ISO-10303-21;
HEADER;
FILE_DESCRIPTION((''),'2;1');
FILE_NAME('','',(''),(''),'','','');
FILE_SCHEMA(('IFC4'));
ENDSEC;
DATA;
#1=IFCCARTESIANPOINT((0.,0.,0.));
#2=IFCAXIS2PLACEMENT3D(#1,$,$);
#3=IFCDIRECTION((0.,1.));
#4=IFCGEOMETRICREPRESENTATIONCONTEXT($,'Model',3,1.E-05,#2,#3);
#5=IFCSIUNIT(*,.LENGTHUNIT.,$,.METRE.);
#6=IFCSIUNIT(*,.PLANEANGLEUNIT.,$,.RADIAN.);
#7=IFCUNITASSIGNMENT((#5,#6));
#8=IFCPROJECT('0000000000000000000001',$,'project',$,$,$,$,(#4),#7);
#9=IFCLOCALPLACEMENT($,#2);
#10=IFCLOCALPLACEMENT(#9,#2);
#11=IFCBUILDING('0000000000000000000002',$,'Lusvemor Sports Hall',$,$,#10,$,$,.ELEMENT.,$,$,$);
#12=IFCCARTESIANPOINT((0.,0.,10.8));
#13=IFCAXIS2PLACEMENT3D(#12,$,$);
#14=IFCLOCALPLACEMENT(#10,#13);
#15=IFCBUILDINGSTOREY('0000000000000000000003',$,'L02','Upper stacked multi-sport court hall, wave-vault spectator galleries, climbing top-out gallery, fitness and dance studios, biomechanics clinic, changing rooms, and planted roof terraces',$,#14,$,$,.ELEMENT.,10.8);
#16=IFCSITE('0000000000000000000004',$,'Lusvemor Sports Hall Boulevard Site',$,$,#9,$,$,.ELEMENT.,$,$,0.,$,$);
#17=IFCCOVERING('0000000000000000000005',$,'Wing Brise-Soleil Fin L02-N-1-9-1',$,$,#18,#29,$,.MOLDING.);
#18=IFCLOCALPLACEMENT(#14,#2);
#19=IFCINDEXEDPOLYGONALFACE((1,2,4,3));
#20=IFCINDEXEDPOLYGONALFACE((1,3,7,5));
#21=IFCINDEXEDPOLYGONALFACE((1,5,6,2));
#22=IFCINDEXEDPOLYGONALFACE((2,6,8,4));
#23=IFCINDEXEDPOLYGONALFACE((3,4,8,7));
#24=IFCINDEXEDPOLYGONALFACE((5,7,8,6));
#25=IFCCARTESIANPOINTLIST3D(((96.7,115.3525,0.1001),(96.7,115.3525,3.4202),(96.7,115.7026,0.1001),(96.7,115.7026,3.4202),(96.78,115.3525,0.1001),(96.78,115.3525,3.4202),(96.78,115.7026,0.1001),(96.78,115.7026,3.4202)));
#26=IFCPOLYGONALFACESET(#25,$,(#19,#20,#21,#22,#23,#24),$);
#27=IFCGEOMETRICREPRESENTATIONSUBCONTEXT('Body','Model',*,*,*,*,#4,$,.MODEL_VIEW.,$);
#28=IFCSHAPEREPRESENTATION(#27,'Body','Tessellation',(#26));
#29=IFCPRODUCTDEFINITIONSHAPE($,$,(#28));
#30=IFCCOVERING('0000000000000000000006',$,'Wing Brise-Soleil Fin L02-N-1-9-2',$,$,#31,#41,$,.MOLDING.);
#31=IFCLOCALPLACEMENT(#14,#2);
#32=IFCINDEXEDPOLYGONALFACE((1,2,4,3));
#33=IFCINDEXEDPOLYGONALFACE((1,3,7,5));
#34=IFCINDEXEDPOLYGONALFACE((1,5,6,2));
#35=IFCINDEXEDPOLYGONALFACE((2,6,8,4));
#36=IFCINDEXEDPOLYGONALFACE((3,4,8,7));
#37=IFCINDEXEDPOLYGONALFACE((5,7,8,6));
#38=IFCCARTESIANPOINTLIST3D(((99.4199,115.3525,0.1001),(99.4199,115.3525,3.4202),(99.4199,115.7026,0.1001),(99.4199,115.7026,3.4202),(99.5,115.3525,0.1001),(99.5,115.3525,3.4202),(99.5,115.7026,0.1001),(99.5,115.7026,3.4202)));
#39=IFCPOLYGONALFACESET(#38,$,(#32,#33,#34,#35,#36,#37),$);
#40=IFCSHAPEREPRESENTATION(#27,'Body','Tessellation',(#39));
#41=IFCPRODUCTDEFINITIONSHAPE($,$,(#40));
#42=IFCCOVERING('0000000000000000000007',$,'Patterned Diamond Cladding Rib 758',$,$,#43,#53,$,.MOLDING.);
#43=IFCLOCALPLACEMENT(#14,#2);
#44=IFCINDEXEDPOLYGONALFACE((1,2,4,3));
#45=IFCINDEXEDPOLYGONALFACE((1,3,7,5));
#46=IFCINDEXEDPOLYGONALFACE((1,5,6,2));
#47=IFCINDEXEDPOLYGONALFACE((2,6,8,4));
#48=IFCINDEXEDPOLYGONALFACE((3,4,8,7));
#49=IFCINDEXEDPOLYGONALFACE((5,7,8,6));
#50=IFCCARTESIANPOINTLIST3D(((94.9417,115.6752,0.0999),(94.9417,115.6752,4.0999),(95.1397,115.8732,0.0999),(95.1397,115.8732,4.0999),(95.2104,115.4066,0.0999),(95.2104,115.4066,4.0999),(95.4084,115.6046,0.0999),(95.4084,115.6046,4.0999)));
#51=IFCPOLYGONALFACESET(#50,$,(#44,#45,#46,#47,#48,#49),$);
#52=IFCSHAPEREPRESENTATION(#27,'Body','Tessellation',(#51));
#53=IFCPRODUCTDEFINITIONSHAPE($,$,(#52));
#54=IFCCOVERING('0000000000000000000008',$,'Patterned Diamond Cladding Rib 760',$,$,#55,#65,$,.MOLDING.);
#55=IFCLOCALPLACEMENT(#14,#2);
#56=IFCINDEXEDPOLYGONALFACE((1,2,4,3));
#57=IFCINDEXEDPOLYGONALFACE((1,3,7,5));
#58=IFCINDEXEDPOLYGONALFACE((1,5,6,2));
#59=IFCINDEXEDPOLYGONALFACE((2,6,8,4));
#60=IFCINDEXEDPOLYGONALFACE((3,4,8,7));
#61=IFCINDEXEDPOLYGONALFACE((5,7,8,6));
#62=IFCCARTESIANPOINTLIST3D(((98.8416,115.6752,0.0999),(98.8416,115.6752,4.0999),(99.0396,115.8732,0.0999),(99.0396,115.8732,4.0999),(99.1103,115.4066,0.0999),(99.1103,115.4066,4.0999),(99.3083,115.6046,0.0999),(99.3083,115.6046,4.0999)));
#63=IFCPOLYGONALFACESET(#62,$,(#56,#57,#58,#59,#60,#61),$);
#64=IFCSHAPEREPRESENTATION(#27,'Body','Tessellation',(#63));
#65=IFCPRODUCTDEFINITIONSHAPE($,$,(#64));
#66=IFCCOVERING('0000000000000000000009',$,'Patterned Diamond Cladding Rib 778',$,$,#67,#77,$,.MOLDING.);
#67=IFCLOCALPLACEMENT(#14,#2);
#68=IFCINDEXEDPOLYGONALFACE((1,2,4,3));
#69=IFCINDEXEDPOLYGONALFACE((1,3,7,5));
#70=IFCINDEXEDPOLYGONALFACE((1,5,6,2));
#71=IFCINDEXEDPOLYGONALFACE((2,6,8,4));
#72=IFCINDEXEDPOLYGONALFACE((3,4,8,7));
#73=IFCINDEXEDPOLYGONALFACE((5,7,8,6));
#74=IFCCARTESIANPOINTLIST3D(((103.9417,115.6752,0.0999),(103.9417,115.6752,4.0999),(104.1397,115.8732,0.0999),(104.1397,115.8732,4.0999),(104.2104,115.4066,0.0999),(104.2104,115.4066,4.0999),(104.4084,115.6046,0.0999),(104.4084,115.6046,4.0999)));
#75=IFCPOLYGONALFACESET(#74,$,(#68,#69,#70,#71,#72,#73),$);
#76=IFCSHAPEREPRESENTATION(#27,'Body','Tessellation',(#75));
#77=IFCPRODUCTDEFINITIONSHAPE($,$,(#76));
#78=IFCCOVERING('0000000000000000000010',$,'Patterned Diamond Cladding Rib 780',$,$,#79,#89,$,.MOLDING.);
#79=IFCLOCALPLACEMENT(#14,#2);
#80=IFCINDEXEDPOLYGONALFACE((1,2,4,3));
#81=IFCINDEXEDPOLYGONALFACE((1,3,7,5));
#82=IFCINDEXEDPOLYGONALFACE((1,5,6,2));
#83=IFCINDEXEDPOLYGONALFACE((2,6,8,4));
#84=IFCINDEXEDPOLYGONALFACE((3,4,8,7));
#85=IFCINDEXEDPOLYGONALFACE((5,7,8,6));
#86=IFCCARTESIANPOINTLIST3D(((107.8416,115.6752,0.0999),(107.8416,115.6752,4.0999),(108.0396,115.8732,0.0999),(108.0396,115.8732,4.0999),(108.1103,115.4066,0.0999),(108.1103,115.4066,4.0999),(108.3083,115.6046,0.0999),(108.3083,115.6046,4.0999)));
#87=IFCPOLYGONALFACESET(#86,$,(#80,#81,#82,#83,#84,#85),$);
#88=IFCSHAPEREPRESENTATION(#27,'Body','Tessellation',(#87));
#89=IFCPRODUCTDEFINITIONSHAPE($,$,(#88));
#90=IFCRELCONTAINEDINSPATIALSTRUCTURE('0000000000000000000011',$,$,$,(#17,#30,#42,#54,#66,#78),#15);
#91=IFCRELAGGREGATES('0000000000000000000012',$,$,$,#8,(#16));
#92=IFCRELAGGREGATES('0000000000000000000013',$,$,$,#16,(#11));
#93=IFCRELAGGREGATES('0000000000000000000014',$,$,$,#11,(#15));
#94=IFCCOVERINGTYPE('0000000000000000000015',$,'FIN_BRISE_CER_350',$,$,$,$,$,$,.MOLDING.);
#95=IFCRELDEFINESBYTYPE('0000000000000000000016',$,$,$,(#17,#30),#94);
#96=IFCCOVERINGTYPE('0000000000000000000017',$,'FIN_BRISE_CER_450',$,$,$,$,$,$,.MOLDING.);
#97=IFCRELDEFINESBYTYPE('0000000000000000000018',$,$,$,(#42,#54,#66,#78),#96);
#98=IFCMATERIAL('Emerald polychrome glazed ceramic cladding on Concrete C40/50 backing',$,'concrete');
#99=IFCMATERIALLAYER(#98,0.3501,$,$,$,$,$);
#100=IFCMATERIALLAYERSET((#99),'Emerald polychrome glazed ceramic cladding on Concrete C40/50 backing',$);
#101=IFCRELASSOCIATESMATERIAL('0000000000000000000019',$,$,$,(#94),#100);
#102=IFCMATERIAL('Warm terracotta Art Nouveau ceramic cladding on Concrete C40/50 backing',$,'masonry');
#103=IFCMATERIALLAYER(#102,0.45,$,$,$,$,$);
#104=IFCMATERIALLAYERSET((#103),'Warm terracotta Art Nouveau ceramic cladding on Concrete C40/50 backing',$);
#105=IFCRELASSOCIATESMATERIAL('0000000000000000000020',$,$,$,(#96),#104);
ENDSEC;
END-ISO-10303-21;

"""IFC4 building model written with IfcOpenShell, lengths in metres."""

from ifc_helpers import new_model, si_unit, direction, frame, origin, origin_2d, place, context, subcontext, project, spatial, rectangle, extrude, material, layer, layer_set, type_object, element, save


model = new_model("IFC4")

# Units and contexts
model_context = context("Model", 3, precision=1e-05, world=origin(), true_north=direction((0.0, 1.0)))
body_context = subcontext(model_context, "Body", "Model", "MODEL_VIEW")
ifc_project = project(units=[si_unit("LENGTHUNIT", "METRE"), si_unit("PLANEANGLEUNIT", "RADIAN")], contexts=[model_context])

# Site, building, storey
site_placement = place(None, origin())
site = spatial("IfcSite", under=ifc_project, at=site_placement, Name="Lusvemor Sports Hall Boulevard Site", CompositionType="ELEMENT", RefElevation=0.0)
building_placement = place(site_placement, origin())
building = spatial("IfcBuilding", under=site, at=building_placement, Name="Lusvemor Sports Hall", CompositionType="ELEMENT")
storey_placement = place(building_placement, frame((0.0, 0.0, 10.8)))
storey = spatial("IfcBuildingStorey", under=building, at=storey_placement, Name="L02", Description="Upper stacked multi-sport court hall, wave-vault spectator galleries, climbing top-out gallery, fitness and dance studios, biomechanics clinic, changing rooms, and planted roof terraces", CompositionType="ELEMENT", Elevation=10.8)

# Coverings
ifc_material_1 = material(Name="Emerald polychrome glazed ceramic cladding on Concrete C40/50 backing", Category="concrete")
ifc_layer_1 = layer(ifc_material_1, 0.3501)
ifc_layer_set_1 = layer_set([ifc_layer_1], Name="Emerald polychrome glazed ceramic cladding on Concrete C40/50 backing")
covering_type_1 = type_object("IfcCoveringType", Name="FIN_BRISE_CER_350", PredefinedType="MOLDING", material=ifc_layer_set_1)
for number, where, z_axis, x_axis, name in (
    (1, (96.74, 115.5276, 0.1001), (0.0, 0.0, 1.0), (1.0, 0.0, 0.0), "Wing Brise-Soleil Fin L02-N-1-9-1"),
    (2, (99.46, 115.5276, 0.1001), (0.0, 0.0, 1.0), (1.0, 0.0, 0.0), "Wing Brise-Soleil Fin L02-N-1-9-2"),
):
    element("IfcCovering", number, at=place(storey_placement, frame(where, z_axis=z_axis, x_axis=x_axis)), inside=storey, type_object=covering_type_1, Name=name, PredefinedType="MOLDING", context=body_context, shape_type="SweptSolid", body=[
        extrude(rectangle(XDim=0.0801, YDim=0.3501, at=origin_2d()), origin(), (0.0, 0.0, 1.0), 3.3201),
    ])
ifc_material_2 = material(Name="Warm terracotta Art Nouveau ceramic cladding on Concrete C40/50 backing", Category="masonry")
ifc_layer_2 = layer(ifc_material_2, 0.45)
ifc_layer_set_2 = layer_set([ifc_layer_2], Name="Warm terracotta Art Nouveau ceramic cladding on Concrete C40/50 backing")
covering_type_2 = type_object("IfcCoveringType", Name="FIN_BRISE_CER_450", PredefinedType="MOLDING", material=ifc_layer_set_2)
for number, where, z_axis, x_axis, name in (
    (3, (95.175, 115.6399, 0.0999), (0.0, 0.0, 1.0), (0.707107, 0.707107, 0.0), "Patterned Diamond Cladding Rib 758"),
    (4, (99.075, 115.6399, 0.0999), (0.0, 0.0, 1.0), (0.707107, 0.707107, 0.0), "Patterned Diamond Cladding Rib 760"),
    (5, (104.175, 115.6399, 0.0999), (0.0, 0.0, 1.0), (0.707107, 0.707107, 0.0), "Patterned Diamond Cladding Rib 778"),
    (6, (108.075, 115.6399, 0.0999), (0.0, 0.0, 1.0), (0.707107, 0.707107, 0.0), "Patterned Diamond Cladding Rib 780"),
):
    element("IfcCovering", number, at=place(storey_placement, frame(where, z_axis=z_axis, x_axis=x_axis)), inside=storey, type_object=covering_type_2, Name=name, PredefinedType="MOLDING", context=body_context, shape_type="SweptSolid", body=[
        extrude(rectangle(XDim=0.28, YDim=0.3799, at=origin_2d()), origin(), (0.0, 0.0, 1.0), 4.0),
    ])

save(model, "model.ifc")
